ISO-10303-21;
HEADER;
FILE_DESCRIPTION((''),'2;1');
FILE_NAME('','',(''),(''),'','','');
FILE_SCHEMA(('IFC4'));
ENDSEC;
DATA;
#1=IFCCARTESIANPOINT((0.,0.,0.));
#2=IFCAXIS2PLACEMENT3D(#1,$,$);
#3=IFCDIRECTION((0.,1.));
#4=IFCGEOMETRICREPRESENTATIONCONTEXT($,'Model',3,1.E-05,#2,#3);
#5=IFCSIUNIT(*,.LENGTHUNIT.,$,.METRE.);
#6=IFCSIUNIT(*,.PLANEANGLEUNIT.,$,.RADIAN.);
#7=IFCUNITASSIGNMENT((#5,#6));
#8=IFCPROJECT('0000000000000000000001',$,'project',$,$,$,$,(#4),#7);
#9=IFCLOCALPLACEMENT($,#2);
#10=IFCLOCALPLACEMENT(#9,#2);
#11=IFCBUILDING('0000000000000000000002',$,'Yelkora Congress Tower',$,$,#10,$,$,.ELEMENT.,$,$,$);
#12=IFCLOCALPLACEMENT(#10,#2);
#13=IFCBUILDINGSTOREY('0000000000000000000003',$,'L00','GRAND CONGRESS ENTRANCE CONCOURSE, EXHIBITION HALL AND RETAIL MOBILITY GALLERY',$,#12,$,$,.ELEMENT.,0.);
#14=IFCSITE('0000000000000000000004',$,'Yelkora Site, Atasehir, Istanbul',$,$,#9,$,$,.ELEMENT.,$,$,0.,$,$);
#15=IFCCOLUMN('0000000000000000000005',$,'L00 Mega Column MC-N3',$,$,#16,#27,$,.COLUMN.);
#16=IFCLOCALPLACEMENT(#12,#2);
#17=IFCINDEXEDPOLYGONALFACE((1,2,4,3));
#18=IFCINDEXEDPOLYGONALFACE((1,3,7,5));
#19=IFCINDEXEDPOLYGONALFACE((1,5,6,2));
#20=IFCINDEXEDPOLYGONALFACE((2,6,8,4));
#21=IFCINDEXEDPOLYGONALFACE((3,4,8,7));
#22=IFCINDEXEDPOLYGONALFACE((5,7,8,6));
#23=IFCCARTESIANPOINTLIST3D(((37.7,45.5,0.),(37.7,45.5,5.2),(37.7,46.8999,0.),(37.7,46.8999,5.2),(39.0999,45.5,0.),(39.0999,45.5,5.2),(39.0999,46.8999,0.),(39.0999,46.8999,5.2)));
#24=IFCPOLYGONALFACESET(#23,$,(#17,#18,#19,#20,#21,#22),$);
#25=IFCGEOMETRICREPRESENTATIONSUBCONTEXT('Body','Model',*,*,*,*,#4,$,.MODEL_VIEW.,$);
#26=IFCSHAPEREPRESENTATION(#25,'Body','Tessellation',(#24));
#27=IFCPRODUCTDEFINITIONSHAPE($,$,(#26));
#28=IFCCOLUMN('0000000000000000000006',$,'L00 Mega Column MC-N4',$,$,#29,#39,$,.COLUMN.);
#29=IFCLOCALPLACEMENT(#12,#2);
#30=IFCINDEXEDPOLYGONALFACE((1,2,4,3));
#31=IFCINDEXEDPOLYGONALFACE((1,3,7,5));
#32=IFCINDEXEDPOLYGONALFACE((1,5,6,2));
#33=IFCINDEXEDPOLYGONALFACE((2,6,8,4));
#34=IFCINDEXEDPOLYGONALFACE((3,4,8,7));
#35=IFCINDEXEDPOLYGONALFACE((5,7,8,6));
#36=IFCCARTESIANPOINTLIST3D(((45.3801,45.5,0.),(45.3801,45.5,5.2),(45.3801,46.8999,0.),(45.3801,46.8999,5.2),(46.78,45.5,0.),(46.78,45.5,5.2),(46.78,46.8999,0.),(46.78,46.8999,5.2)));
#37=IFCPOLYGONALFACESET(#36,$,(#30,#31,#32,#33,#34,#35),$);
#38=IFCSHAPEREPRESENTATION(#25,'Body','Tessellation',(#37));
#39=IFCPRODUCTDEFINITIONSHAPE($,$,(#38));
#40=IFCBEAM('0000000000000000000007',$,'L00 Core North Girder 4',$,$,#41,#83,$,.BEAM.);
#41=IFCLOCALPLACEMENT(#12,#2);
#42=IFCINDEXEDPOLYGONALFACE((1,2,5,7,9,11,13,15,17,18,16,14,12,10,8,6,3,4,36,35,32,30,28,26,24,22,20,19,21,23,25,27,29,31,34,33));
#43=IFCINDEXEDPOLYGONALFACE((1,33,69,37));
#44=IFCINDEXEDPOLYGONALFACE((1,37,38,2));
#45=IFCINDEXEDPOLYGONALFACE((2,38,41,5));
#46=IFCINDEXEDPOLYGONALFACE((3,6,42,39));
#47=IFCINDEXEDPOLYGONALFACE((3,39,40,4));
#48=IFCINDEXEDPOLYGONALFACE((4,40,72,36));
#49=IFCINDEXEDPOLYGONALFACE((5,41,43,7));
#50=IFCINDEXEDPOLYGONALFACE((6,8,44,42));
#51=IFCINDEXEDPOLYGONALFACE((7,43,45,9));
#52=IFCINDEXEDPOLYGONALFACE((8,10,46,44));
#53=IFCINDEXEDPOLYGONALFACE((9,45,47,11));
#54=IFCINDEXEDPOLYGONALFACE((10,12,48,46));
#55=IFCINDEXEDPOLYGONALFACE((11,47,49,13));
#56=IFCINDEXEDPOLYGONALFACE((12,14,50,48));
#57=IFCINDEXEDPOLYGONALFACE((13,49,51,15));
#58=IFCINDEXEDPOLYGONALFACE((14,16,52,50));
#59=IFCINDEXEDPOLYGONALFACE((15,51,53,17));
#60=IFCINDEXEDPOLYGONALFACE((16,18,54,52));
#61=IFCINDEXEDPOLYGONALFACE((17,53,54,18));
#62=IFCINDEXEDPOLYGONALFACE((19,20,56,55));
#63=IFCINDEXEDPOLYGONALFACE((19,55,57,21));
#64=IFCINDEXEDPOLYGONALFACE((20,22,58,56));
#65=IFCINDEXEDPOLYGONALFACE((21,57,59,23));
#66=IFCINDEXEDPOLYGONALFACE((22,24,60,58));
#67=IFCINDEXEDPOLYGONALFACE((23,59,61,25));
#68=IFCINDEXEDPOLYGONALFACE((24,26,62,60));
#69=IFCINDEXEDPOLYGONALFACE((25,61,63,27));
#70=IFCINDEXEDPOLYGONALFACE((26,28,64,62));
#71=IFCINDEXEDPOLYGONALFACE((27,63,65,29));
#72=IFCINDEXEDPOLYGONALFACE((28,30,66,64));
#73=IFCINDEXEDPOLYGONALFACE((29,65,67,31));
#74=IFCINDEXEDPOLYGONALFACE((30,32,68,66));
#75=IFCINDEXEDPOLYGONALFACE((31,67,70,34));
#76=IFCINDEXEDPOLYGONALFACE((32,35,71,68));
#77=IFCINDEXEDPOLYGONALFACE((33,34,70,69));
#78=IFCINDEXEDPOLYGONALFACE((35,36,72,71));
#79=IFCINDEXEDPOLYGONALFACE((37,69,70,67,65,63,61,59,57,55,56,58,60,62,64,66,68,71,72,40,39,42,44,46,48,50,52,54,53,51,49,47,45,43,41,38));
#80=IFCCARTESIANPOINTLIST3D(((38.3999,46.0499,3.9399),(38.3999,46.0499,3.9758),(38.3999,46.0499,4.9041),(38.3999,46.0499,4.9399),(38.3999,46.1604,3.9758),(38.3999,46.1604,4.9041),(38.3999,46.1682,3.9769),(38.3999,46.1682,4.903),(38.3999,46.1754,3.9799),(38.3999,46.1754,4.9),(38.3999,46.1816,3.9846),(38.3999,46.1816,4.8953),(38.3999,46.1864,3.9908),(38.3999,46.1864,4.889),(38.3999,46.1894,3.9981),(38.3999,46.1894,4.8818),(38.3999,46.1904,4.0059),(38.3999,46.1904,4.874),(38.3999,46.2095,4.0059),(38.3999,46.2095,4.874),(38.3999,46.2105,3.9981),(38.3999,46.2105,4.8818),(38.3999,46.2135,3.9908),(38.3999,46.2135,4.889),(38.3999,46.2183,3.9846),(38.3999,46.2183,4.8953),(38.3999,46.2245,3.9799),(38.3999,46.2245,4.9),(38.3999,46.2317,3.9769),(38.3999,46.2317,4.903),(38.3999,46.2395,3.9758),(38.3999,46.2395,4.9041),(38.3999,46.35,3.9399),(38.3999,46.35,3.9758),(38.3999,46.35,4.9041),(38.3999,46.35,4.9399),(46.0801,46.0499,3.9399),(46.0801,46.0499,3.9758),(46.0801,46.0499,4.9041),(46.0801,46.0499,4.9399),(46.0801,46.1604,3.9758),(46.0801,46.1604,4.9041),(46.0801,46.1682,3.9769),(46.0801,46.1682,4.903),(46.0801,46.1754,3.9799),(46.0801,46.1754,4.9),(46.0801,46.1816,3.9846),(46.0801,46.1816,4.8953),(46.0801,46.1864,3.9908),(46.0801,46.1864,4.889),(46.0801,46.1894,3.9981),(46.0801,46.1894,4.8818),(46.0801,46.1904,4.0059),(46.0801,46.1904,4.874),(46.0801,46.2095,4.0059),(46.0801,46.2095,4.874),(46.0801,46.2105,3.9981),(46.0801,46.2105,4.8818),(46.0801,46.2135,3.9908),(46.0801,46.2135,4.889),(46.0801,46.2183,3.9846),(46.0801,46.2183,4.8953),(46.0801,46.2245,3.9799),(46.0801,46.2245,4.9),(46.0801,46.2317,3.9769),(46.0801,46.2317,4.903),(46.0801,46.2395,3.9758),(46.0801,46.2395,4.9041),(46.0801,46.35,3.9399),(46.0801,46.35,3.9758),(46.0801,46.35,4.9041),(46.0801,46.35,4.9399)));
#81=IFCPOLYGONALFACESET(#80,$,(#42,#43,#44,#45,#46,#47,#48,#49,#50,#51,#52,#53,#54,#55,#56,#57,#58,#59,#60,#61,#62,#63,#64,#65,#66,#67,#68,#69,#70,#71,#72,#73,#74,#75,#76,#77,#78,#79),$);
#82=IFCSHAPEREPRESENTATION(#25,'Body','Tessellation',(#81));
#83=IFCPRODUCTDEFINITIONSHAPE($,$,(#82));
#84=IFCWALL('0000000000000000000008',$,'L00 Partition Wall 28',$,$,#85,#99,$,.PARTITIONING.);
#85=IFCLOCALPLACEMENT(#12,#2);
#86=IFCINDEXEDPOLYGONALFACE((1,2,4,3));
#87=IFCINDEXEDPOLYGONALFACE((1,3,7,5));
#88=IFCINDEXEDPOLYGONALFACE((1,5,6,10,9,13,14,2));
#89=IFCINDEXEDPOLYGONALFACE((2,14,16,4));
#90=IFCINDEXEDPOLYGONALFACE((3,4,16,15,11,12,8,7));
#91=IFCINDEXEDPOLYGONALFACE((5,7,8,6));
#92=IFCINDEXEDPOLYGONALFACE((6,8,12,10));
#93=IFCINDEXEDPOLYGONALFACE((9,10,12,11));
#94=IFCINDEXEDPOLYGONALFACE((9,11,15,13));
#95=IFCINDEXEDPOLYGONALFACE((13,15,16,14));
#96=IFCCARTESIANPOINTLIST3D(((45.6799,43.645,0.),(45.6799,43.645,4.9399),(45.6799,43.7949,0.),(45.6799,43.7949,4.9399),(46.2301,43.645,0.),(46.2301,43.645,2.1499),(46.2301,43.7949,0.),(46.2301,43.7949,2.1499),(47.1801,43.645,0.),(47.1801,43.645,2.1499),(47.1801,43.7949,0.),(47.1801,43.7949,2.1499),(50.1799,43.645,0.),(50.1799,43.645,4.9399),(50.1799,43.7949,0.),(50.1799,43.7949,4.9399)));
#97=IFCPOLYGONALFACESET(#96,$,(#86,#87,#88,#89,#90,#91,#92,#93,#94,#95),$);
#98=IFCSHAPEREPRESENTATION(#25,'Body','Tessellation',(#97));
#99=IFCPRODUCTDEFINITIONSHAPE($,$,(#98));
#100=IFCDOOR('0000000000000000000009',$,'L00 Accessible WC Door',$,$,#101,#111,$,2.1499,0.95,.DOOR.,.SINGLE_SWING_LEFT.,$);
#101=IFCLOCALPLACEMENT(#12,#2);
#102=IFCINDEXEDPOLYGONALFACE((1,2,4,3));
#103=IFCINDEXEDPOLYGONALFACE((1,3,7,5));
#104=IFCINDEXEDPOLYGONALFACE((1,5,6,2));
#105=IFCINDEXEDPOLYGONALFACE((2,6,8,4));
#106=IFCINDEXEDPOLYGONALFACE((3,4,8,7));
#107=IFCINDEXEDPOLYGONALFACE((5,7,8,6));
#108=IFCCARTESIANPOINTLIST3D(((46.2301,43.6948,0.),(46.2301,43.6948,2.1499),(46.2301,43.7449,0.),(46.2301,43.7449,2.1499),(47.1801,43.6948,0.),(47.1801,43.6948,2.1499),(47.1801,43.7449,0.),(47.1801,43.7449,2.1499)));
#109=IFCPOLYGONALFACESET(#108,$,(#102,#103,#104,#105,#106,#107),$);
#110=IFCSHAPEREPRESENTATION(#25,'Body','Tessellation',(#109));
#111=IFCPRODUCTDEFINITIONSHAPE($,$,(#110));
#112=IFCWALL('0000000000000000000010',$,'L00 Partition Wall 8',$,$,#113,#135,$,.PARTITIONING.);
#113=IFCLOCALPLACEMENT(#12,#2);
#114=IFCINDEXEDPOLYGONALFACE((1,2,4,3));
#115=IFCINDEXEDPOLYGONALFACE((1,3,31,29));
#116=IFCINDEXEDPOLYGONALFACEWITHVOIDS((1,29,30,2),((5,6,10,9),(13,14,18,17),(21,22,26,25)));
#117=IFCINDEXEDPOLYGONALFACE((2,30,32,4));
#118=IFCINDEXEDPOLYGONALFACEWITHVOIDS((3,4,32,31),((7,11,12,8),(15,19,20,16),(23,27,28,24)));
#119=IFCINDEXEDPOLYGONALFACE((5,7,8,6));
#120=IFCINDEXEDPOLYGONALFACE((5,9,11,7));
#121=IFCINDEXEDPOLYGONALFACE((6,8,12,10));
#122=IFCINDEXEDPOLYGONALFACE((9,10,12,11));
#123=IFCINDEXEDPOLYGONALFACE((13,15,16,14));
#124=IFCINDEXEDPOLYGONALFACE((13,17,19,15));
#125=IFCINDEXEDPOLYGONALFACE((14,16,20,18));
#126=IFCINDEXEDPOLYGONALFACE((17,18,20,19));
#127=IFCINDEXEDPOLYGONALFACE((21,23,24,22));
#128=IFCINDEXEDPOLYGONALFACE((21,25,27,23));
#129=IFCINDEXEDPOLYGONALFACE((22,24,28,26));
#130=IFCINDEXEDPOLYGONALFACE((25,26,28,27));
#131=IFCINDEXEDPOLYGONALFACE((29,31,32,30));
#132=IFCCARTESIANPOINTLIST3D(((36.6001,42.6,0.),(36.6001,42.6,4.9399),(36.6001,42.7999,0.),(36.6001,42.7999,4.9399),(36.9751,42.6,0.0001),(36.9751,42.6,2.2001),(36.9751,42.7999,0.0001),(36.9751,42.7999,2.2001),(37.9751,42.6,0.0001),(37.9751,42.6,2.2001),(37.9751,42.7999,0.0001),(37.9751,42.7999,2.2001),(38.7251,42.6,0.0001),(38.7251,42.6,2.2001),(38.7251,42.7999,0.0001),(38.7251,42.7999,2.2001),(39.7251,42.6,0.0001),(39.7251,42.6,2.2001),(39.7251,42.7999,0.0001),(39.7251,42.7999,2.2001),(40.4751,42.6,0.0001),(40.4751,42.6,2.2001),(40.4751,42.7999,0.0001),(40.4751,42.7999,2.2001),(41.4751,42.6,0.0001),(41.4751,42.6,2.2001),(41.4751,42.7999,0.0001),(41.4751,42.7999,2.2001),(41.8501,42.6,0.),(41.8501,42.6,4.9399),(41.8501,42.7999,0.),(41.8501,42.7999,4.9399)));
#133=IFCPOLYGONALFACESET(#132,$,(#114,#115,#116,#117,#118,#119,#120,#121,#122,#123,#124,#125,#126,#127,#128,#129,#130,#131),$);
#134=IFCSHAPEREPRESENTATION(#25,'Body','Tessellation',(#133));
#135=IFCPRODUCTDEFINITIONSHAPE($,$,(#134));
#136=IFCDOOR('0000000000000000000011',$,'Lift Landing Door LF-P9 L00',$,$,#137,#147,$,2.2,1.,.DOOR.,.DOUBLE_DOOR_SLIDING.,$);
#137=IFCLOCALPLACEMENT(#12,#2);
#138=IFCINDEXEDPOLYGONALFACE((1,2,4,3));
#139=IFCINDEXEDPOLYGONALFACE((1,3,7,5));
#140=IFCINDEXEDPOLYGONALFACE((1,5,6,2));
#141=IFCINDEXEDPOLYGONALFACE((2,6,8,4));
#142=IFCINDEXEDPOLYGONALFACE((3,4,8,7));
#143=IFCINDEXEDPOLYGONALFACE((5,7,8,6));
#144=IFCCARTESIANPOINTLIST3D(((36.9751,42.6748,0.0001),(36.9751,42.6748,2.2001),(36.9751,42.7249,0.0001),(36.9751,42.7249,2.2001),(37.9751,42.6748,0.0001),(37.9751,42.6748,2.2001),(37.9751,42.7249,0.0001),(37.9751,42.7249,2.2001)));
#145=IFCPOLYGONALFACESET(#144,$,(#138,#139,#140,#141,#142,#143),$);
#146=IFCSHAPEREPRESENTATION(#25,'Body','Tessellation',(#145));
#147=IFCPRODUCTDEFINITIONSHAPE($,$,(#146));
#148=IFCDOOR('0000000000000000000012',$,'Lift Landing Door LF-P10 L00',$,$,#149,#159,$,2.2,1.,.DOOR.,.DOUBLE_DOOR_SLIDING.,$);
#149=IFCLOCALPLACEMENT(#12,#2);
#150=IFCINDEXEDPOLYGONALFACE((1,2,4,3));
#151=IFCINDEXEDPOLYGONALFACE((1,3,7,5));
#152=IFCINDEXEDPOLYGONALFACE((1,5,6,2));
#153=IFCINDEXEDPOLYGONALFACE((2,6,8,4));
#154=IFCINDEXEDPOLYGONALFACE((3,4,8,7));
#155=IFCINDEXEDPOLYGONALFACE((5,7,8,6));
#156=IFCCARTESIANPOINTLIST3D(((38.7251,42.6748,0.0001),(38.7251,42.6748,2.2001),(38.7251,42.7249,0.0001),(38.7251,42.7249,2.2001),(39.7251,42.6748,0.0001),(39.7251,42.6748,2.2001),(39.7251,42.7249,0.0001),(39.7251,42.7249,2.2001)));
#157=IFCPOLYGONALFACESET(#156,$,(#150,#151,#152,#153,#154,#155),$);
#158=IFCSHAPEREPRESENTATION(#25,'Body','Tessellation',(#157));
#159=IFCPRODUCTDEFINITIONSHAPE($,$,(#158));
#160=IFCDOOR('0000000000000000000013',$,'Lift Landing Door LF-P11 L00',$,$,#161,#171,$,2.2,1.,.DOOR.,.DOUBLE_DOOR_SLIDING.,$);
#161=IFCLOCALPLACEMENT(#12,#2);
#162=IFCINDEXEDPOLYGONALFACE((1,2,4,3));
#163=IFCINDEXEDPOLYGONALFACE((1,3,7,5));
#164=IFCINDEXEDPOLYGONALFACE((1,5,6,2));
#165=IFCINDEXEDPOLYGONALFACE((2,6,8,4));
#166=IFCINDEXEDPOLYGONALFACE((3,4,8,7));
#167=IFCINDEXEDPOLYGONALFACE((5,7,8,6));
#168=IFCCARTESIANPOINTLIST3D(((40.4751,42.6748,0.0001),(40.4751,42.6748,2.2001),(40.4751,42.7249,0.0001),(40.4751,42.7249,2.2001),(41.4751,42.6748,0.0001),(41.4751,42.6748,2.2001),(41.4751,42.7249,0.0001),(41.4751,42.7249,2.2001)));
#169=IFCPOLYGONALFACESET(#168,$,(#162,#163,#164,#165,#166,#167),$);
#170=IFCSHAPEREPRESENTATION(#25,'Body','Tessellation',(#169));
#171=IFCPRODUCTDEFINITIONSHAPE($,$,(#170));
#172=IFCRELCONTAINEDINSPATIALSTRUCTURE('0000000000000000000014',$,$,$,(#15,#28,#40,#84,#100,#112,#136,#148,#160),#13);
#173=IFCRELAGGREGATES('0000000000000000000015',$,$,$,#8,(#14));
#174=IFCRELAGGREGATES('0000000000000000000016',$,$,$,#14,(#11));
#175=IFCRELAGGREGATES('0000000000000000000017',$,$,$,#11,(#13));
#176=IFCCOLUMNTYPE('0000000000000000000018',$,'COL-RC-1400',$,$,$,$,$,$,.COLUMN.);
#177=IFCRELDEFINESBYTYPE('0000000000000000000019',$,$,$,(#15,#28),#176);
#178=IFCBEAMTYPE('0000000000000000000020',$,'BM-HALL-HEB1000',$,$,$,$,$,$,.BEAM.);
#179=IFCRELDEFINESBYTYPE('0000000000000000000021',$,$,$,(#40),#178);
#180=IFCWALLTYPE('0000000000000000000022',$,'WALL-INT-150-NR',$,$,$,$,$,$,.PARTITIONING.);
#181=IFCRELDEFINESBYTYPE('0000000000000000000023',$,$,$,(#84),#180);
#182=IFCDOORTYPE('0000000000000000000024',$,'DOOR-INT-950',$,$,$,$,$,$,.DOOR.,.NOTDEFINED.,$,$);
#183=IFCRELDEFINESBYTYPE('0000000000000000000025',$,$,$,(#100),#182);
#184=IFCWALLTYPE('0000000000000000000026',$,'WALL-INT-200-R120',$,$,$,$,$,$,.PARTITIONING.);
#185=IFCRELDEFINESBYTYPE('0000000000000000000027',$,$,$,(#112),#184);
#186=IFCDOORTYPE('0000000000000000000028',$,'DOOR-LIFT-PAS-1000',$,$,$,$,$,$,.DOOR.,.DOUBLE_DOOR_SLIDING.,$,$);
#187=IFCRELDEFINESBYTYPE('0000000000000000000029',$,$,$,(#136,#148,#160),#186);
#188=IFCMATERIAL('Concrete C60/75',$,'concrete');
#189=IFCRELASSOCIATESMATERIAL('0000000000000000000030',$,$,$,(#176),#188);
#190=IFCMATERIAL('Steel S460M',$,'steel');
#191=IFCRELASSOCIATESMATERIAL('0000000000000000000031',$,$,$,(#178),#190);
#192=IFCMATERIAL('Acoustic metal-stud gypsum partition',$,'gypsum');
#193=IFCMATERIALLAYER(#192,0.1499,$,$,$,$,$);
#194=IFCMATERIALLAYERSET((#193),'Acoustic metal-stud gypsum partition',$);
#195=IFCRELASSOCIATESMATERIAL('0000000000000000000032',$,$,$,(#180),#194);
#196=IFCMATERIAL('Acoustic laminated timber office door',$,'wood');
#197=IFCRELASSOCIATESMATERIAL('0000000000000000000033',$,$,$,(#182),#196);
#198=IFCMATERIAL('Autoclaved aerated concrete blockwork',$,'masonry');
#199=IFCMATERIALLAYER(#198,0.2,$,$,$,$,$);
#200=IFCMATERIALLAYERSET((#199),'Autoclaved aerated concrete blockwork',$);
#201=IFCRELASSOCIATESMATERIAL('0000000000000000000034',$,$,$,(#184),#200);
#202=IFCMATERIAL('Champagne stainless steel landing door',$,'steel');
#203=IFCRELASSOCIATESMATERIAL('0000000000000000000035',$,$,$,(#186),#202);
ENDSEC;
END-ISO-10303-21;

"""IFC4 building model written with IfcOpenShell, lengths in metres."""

from ifc_helpers import new_model, si_unit, direction, frame, frame_2d, origin, origin_2d, place, context, subcontext, project, spatial, rectangle, i_section, extrude, material, layer, layer_set, material_profile, profile_set, type_object, element, fill, save


model = new_model("IFC4")

# Units and contexts
model_context = context("Model", 3, precision=1e-05, world=origin(), true_north=direction((0.0, 1.0)))
body_context = subcontext(model_context, "Body", "Model", "MODEL_VIEW")
ifc_project = project(units=[si_unit("LENGTHUNIT", "METRE"), si_unit("PLANEANGLEUNIT", "RADIAN")], contexts=[model_context])

# Site, building, storey
site_placement = place(None, origin())
site = spatial("IfcSite", under=ifc_project, at=site_placement, Name="Yelkora Site, Atasehir, Istanbul", CompositionType="ELEMENT", RefElevation=0.0)
building_placement = place(site_placement, origin())
building = spatial("IfcBuilding", under=site, at=building_placement, Name="Yelkora Congress Tower", CompositionType="ELEMENT")
storey_placement = place(building_placement, origin())
storey = spatial("IfcBuildingStorey", under=building, at=storey_placement, Name="L00", Description="GRAND CONGRESS ENTRANCE CONCOURSE, EXHIBITION HALL AND RETAIL MOBILITY GALLERY", CompositionType="ELEMENT", Elevation=0.0)

# Columns
ifc_material_1 = material(Name="Concrete C60/75", Category="concrete")
ifc_material_profile_1 = material_profile(ifc_material_1, rectangle(XDim=1.3999, YDim=1.3999, at=origin_2d()), Name="RC 1400x1400")
ifc_profile_set_1 = profile_set([ifc_material_profile_1], Name="Concrete C60/75")
column_type = type_object("IfcColumnType", Name="COL-RC-1400", PredefinedType="COLUMN", material=ifc_profile_set_1)
for number, where, z_axis, x_axis, name in (
    (1, (38.3999, 46.2, 0.0), (0.0, 0.0, 1.0), (1.0, 0.0, 0.0), "L00 Mega Column MC-N3"),
    (2, (46.0801, 46.2, 0.0), (0.0, 0.0, 1.0), (1.0, 0.0, 0.0), "L00 Mega Column MC-N4"),
):
    element("IfcColumn", number, at=place(storey_placement, frame(where, z_axis=z_axis, x_axis=x_axis)), inside=storey, type_object=column_type, Name=name, PredefinedType="COLUMN", context=body_context, shape_type="SweptSolid", body=[
        extrude(rectangle(XDim=1.3999, YDim=1.3999, at=origin_2d()), origin(), (0.0, 0.0, 1.0), 5.2),
    ])

# Beam
ifc_material_2 = material(Name="Steel S460M", Category="steel")
ifc_material_profile_2 = material_profile(ifc_material_2, i_section(OverallWidth=0.3, OverallDepth=1.0, WebThickness=0.019, FlangeThickness=0.0359, FilletRadius=0.03, at=origin_2d()), Name="HEB 1000")
ifc_profile_set_2 = profile_set([ifc_material_profile_2], Name="Steel S460M")
beam_type = type_object("IfcBeamType", Name="BM-HALL-HEB1000", PredefinedType="BEAM", material=ifc_profile_set_2)
beam_placement = place(storey_placement, frame((38.3999, 46.2, 4.4399), z_axis=(1.0, 0.0, 0.0), x_axis=(0.0, 1.0, 0.0)))
element("IfcBeam", 3, at=beam_placement, inside=storey, type_object=beam_type, Name="L00 Core North Girder 4", PredefinedType="BEAM", context=body_context, shape_type="SweptSolid", body=[
    extrude(i_section(OverallWidth=0.3, OverallDepth=1.0, WebThickness=0.019, FlangeThickness=0.0359, FilletRadius=0.03, at=origin_2d()), origin(), (0.0, 0.0, 1.0), 7.6802),
])

# Wall, opening, door
ifc_material_3 = material(Name="Acoustic metal-stud gypsum partition", Category="gypsum")
ifc_layer_1 = layer(ifc_material_3, 0.1499)
ifc_layer_set_1 = layer_set([ifc_layer_1], Name="Acoustic metal-stud gypsum partition")
wall_type_1 = type_object("IfcWallType", Name="WALL-INT-150-NR", PredefinedType="PARTITIONING", material=ifc_layer_set_1)
wall_1_placement = place(storey_placement, frame((45.6799, 43.72, 0.0), z_axis=(0.0, 0.0, 1.0), x_axis=(1.0, 0.0, 0.0)))
wall_1 = element("IfcWall", 4, at=wall_1_placement, inside=storey, type_object=wall_type_1, Name="L00 Partition Wall 28", PredefinedType="PARTITIONING", context=body_context, shape_type="SweptSolid", body=[
    extrude(rectangle(XDim=4.5, YDim=0.1499, at=frame_2d((2.25, 0.0))), origin(), (0.0, 0.0, 1.0), 4.9399),
])
opening_1_placement = place(wall_1_placement, frame((0.55, 0.0, 0.0)))
opening_1 = element("IfcOpeningElement", 5, at=opening_1_placement, cuts=wall_1, PredefinedType="OPENING", context=body_context, shape_type="SweptSolid", body=[
    extrude(rectangle(XDim=0.95, YDim=2.1499, at=frame_2d((0.4751, 1.075))), frame((0.0, 0.085, 0.0), z_axis=(0.0, -1.0, 0.0), x_axis=(1.0, 0.0, 0.0)), (0.0, 0.0, 1.0), 0.1699),
])
ifc_material_4 = material(Name="Acoustic laminated timber office door", Category="wood")
door_type_1 = type_object("IfcDoorType", Name="DOOR-INT-950", OperationType="NOTDEFINED", PredefinedType="DOOR", material=ifc_material_4)
door_1_placement = place(opening_1_placement, origin())
door_1 = element("IfcDoor", 6, at=door_1_placement, inside=storey, type_object=door_type_1, Name="L00 Accessible WC Door", OperationType="SINGLE_SWING_LEFT", OverallHeight=2.1499, OverallWidth=0.95, PredefinedType="DOOR", context=body_context, shape_type="SweptSolid", body=[
    extrude(rectangle(XDim=0.95, YDim=2.1499, at=frame_2d((0.4751, 1.075))), frame((0.0, 0.0249, 0.0), z_axis=(0.0, -1.0, 0.0), x_axis=(1.0, 0.0, 0.0)), (0.0, 0.0, 1.0), 0.05),
])
fill(opening_1, door_1)

# Wall, openings, doors
ifc_material_5 = material(Name="Autoclaved aerated concrete blockwork", Category="masonry")
ifc_layer_2 = layer(ifc_material_5, 0.2)
ifc_layer_set_2 = layer_set([ifc_layer_2], Name="Autoclaved aerated concrete blockwork")
wall_type_2 = type_object("IfcWallType", Name="WALL-INT-200-R120", PredefinedType="PARTITIONING", material=ifc_layer_set_2)
wall_2_placement = place(storey_placement, frame((36.6001, 42.7, 0.0), z_axis=(0.0, 0.0, 1.0), x_axis=(1.0, 0.0, 0.0)))
wall_2 = element("IfcWall", 7, at=wall_2_placement, inside=storey, type_object=wall_type_2, Name="L00 Partition Wall 8", PredefinedType="PARTITIONING", context=body_context, shape_type="SweptSolid", body=[
    extrude(rectangle(XDim=5.25, YDim=0.2, at=frame_2d((2.625, 0.0))), origin(), (0.0, 0.0, 1.0), 4.9399),
])
opening_2_placement = place(wall_2_placement, frame((0.375, 0.0, 0.0)))
opening_2 = element("IfcOpeningElement", 8, at=opening_2_placement, cuts=wall_2, PredefinedType="OPENING", context=body_context, shape_type="SweptSolid", body=[
    extrude(rectangle(XDim=1.0, YDim=2.2, at=frame_2d((0.5, 1.1001))), frame((0.0, 0.1099, 0.0), z_axis=(0.0, -1.0, 0.0), x_axis=(1.0, 0.0, 0.0)), (0.0, 0.0, 1.0), 0.22),
])
opening_3_placement = place(wall_2_placement, frame((2.125, 0.0, 0.0)))
opening_3 = element("IfcOpeningElement", 9, at=opening_3_placement, cuts=wall_2, PredefinedType="OPENING", context=body_context, shape_type="SweptSolid", body=[
    extrude(rectangle(XDim=1.0, YDim=2.2, at=frame_2d((0.5, 1.1001))), frame((0.0, 0.1099, 0.0), z_axis=(0.0, -1.0, 0.0), x_axis=(1.0, 0.0, 0.0)), (0.0, 0.0, 1.0), 0.22),
])
opening_4_placement = place(wall_2_placement, frame((3.875, 0.0, 0.0)))
opening_4 = element("IfcOpeningElement", 10, at=opening_4_placement, cuts=wall_2, PredefinedType="OPENING", context=body_context, shape_type="SweptSolid", body=[
    extrude(rectangle(XDim=1.0, YDim=2.2, at=frame_2d((0.5, 1.1001))), frame((0.0, 0.1099, 0.0), z_axis=(0.0, -1.0, 0.0), x_axis=(1.0, 0.0, 0.0)), (0.0, 0.0, 1.0), 0.22),
])
ifc_material_6 = material(Name="Champagne stainless steel landing door", Category="steel")
door_type_2 = type_object("IfcDoorType", Name="DOOR-LIFT-PAS-1000", OperationType="DOUBLE_DOOR_SLIDING", PredefinedType="DOOR", material=ifc_material_6)
door_2_placement = place(opening_2_placement, origin())
door_2 = element("IfcDoor", 11, at=door_2_placement, inside=storey, type_object=door_type_2, Name="Lift Landing Door LF-P9 L00", OperationType="DOUBLE_DOOR_SLIDING", OverallHeight=2.2, OverallWidth=1.0, PredefinedType="DOOR", context=body_context, shape_type="SweptSolid", body=[
    extrude(rectangle(XDim=1.0, YDim=2.2, at=frame_2d((0.5, 1.1001))), frame((0.0, 0.0249, 0.0), z_axis=(0.0, -1.0, 0.0), x_axis=(1.0, 0.0, 0.0)), (0.0, 0.0, 1.0), 0.05),
])
fill(opening_2, door_2)
door_3_placement = place(opening_3_placement, origin())
door_3 = element("IfcDoor", 12, at=door_3_placement, inside=storey, type_object=door_type_2, Name="Lift Landing Door LF-P10 L00", OperationType="DOUBLE_DOOR_SLIDING", OverallHeight=2.2, OverallWidth=1.0, PredefinedType="DOOR", context=body_context, shape_type="SweptSolid", body=[
    extrude(rectangle(XDim=1.0, YDim=2.2, at=frame_2d((0.5, 1.1001))), frame((0.0, 0.0249, 0.0), z_axis=(0.0, -1.0, 0.0), x_axis=(1.0, 0.0, 0.0)), (0.0, 0.0, 1.0), 0.05),
])
fill(opening_3, door_3)
door_4_placement = place(opening_4_placement, origin())
door_4 = element("IfcDoor", 13, at=door_4_placement, inside=storey, type_object=door_type_2, Name="Lift Landing Door LF-P11 L00", OperationType="DOUBLE_DOOR_SLIDING", OverallHeight=2.2, OverallWidth=1.0, PredefinedType="DOOR", context=body_context, shape_type="SweptSolid", body=[
    extrude(rectangle(XDim=1.0, YDim=2.2, at=frame_2d((0.5, 1.1001))), frame((0.0, 0.0249, 0.0), z_axis=(0.0, -1.0, 0.0), x_axis=(1.0, 0.0, 0.0)), (0.0, 0.0, 1.0), 0.05),
])
fill(opening_4, door_4)

save(model, "model.ifc")
